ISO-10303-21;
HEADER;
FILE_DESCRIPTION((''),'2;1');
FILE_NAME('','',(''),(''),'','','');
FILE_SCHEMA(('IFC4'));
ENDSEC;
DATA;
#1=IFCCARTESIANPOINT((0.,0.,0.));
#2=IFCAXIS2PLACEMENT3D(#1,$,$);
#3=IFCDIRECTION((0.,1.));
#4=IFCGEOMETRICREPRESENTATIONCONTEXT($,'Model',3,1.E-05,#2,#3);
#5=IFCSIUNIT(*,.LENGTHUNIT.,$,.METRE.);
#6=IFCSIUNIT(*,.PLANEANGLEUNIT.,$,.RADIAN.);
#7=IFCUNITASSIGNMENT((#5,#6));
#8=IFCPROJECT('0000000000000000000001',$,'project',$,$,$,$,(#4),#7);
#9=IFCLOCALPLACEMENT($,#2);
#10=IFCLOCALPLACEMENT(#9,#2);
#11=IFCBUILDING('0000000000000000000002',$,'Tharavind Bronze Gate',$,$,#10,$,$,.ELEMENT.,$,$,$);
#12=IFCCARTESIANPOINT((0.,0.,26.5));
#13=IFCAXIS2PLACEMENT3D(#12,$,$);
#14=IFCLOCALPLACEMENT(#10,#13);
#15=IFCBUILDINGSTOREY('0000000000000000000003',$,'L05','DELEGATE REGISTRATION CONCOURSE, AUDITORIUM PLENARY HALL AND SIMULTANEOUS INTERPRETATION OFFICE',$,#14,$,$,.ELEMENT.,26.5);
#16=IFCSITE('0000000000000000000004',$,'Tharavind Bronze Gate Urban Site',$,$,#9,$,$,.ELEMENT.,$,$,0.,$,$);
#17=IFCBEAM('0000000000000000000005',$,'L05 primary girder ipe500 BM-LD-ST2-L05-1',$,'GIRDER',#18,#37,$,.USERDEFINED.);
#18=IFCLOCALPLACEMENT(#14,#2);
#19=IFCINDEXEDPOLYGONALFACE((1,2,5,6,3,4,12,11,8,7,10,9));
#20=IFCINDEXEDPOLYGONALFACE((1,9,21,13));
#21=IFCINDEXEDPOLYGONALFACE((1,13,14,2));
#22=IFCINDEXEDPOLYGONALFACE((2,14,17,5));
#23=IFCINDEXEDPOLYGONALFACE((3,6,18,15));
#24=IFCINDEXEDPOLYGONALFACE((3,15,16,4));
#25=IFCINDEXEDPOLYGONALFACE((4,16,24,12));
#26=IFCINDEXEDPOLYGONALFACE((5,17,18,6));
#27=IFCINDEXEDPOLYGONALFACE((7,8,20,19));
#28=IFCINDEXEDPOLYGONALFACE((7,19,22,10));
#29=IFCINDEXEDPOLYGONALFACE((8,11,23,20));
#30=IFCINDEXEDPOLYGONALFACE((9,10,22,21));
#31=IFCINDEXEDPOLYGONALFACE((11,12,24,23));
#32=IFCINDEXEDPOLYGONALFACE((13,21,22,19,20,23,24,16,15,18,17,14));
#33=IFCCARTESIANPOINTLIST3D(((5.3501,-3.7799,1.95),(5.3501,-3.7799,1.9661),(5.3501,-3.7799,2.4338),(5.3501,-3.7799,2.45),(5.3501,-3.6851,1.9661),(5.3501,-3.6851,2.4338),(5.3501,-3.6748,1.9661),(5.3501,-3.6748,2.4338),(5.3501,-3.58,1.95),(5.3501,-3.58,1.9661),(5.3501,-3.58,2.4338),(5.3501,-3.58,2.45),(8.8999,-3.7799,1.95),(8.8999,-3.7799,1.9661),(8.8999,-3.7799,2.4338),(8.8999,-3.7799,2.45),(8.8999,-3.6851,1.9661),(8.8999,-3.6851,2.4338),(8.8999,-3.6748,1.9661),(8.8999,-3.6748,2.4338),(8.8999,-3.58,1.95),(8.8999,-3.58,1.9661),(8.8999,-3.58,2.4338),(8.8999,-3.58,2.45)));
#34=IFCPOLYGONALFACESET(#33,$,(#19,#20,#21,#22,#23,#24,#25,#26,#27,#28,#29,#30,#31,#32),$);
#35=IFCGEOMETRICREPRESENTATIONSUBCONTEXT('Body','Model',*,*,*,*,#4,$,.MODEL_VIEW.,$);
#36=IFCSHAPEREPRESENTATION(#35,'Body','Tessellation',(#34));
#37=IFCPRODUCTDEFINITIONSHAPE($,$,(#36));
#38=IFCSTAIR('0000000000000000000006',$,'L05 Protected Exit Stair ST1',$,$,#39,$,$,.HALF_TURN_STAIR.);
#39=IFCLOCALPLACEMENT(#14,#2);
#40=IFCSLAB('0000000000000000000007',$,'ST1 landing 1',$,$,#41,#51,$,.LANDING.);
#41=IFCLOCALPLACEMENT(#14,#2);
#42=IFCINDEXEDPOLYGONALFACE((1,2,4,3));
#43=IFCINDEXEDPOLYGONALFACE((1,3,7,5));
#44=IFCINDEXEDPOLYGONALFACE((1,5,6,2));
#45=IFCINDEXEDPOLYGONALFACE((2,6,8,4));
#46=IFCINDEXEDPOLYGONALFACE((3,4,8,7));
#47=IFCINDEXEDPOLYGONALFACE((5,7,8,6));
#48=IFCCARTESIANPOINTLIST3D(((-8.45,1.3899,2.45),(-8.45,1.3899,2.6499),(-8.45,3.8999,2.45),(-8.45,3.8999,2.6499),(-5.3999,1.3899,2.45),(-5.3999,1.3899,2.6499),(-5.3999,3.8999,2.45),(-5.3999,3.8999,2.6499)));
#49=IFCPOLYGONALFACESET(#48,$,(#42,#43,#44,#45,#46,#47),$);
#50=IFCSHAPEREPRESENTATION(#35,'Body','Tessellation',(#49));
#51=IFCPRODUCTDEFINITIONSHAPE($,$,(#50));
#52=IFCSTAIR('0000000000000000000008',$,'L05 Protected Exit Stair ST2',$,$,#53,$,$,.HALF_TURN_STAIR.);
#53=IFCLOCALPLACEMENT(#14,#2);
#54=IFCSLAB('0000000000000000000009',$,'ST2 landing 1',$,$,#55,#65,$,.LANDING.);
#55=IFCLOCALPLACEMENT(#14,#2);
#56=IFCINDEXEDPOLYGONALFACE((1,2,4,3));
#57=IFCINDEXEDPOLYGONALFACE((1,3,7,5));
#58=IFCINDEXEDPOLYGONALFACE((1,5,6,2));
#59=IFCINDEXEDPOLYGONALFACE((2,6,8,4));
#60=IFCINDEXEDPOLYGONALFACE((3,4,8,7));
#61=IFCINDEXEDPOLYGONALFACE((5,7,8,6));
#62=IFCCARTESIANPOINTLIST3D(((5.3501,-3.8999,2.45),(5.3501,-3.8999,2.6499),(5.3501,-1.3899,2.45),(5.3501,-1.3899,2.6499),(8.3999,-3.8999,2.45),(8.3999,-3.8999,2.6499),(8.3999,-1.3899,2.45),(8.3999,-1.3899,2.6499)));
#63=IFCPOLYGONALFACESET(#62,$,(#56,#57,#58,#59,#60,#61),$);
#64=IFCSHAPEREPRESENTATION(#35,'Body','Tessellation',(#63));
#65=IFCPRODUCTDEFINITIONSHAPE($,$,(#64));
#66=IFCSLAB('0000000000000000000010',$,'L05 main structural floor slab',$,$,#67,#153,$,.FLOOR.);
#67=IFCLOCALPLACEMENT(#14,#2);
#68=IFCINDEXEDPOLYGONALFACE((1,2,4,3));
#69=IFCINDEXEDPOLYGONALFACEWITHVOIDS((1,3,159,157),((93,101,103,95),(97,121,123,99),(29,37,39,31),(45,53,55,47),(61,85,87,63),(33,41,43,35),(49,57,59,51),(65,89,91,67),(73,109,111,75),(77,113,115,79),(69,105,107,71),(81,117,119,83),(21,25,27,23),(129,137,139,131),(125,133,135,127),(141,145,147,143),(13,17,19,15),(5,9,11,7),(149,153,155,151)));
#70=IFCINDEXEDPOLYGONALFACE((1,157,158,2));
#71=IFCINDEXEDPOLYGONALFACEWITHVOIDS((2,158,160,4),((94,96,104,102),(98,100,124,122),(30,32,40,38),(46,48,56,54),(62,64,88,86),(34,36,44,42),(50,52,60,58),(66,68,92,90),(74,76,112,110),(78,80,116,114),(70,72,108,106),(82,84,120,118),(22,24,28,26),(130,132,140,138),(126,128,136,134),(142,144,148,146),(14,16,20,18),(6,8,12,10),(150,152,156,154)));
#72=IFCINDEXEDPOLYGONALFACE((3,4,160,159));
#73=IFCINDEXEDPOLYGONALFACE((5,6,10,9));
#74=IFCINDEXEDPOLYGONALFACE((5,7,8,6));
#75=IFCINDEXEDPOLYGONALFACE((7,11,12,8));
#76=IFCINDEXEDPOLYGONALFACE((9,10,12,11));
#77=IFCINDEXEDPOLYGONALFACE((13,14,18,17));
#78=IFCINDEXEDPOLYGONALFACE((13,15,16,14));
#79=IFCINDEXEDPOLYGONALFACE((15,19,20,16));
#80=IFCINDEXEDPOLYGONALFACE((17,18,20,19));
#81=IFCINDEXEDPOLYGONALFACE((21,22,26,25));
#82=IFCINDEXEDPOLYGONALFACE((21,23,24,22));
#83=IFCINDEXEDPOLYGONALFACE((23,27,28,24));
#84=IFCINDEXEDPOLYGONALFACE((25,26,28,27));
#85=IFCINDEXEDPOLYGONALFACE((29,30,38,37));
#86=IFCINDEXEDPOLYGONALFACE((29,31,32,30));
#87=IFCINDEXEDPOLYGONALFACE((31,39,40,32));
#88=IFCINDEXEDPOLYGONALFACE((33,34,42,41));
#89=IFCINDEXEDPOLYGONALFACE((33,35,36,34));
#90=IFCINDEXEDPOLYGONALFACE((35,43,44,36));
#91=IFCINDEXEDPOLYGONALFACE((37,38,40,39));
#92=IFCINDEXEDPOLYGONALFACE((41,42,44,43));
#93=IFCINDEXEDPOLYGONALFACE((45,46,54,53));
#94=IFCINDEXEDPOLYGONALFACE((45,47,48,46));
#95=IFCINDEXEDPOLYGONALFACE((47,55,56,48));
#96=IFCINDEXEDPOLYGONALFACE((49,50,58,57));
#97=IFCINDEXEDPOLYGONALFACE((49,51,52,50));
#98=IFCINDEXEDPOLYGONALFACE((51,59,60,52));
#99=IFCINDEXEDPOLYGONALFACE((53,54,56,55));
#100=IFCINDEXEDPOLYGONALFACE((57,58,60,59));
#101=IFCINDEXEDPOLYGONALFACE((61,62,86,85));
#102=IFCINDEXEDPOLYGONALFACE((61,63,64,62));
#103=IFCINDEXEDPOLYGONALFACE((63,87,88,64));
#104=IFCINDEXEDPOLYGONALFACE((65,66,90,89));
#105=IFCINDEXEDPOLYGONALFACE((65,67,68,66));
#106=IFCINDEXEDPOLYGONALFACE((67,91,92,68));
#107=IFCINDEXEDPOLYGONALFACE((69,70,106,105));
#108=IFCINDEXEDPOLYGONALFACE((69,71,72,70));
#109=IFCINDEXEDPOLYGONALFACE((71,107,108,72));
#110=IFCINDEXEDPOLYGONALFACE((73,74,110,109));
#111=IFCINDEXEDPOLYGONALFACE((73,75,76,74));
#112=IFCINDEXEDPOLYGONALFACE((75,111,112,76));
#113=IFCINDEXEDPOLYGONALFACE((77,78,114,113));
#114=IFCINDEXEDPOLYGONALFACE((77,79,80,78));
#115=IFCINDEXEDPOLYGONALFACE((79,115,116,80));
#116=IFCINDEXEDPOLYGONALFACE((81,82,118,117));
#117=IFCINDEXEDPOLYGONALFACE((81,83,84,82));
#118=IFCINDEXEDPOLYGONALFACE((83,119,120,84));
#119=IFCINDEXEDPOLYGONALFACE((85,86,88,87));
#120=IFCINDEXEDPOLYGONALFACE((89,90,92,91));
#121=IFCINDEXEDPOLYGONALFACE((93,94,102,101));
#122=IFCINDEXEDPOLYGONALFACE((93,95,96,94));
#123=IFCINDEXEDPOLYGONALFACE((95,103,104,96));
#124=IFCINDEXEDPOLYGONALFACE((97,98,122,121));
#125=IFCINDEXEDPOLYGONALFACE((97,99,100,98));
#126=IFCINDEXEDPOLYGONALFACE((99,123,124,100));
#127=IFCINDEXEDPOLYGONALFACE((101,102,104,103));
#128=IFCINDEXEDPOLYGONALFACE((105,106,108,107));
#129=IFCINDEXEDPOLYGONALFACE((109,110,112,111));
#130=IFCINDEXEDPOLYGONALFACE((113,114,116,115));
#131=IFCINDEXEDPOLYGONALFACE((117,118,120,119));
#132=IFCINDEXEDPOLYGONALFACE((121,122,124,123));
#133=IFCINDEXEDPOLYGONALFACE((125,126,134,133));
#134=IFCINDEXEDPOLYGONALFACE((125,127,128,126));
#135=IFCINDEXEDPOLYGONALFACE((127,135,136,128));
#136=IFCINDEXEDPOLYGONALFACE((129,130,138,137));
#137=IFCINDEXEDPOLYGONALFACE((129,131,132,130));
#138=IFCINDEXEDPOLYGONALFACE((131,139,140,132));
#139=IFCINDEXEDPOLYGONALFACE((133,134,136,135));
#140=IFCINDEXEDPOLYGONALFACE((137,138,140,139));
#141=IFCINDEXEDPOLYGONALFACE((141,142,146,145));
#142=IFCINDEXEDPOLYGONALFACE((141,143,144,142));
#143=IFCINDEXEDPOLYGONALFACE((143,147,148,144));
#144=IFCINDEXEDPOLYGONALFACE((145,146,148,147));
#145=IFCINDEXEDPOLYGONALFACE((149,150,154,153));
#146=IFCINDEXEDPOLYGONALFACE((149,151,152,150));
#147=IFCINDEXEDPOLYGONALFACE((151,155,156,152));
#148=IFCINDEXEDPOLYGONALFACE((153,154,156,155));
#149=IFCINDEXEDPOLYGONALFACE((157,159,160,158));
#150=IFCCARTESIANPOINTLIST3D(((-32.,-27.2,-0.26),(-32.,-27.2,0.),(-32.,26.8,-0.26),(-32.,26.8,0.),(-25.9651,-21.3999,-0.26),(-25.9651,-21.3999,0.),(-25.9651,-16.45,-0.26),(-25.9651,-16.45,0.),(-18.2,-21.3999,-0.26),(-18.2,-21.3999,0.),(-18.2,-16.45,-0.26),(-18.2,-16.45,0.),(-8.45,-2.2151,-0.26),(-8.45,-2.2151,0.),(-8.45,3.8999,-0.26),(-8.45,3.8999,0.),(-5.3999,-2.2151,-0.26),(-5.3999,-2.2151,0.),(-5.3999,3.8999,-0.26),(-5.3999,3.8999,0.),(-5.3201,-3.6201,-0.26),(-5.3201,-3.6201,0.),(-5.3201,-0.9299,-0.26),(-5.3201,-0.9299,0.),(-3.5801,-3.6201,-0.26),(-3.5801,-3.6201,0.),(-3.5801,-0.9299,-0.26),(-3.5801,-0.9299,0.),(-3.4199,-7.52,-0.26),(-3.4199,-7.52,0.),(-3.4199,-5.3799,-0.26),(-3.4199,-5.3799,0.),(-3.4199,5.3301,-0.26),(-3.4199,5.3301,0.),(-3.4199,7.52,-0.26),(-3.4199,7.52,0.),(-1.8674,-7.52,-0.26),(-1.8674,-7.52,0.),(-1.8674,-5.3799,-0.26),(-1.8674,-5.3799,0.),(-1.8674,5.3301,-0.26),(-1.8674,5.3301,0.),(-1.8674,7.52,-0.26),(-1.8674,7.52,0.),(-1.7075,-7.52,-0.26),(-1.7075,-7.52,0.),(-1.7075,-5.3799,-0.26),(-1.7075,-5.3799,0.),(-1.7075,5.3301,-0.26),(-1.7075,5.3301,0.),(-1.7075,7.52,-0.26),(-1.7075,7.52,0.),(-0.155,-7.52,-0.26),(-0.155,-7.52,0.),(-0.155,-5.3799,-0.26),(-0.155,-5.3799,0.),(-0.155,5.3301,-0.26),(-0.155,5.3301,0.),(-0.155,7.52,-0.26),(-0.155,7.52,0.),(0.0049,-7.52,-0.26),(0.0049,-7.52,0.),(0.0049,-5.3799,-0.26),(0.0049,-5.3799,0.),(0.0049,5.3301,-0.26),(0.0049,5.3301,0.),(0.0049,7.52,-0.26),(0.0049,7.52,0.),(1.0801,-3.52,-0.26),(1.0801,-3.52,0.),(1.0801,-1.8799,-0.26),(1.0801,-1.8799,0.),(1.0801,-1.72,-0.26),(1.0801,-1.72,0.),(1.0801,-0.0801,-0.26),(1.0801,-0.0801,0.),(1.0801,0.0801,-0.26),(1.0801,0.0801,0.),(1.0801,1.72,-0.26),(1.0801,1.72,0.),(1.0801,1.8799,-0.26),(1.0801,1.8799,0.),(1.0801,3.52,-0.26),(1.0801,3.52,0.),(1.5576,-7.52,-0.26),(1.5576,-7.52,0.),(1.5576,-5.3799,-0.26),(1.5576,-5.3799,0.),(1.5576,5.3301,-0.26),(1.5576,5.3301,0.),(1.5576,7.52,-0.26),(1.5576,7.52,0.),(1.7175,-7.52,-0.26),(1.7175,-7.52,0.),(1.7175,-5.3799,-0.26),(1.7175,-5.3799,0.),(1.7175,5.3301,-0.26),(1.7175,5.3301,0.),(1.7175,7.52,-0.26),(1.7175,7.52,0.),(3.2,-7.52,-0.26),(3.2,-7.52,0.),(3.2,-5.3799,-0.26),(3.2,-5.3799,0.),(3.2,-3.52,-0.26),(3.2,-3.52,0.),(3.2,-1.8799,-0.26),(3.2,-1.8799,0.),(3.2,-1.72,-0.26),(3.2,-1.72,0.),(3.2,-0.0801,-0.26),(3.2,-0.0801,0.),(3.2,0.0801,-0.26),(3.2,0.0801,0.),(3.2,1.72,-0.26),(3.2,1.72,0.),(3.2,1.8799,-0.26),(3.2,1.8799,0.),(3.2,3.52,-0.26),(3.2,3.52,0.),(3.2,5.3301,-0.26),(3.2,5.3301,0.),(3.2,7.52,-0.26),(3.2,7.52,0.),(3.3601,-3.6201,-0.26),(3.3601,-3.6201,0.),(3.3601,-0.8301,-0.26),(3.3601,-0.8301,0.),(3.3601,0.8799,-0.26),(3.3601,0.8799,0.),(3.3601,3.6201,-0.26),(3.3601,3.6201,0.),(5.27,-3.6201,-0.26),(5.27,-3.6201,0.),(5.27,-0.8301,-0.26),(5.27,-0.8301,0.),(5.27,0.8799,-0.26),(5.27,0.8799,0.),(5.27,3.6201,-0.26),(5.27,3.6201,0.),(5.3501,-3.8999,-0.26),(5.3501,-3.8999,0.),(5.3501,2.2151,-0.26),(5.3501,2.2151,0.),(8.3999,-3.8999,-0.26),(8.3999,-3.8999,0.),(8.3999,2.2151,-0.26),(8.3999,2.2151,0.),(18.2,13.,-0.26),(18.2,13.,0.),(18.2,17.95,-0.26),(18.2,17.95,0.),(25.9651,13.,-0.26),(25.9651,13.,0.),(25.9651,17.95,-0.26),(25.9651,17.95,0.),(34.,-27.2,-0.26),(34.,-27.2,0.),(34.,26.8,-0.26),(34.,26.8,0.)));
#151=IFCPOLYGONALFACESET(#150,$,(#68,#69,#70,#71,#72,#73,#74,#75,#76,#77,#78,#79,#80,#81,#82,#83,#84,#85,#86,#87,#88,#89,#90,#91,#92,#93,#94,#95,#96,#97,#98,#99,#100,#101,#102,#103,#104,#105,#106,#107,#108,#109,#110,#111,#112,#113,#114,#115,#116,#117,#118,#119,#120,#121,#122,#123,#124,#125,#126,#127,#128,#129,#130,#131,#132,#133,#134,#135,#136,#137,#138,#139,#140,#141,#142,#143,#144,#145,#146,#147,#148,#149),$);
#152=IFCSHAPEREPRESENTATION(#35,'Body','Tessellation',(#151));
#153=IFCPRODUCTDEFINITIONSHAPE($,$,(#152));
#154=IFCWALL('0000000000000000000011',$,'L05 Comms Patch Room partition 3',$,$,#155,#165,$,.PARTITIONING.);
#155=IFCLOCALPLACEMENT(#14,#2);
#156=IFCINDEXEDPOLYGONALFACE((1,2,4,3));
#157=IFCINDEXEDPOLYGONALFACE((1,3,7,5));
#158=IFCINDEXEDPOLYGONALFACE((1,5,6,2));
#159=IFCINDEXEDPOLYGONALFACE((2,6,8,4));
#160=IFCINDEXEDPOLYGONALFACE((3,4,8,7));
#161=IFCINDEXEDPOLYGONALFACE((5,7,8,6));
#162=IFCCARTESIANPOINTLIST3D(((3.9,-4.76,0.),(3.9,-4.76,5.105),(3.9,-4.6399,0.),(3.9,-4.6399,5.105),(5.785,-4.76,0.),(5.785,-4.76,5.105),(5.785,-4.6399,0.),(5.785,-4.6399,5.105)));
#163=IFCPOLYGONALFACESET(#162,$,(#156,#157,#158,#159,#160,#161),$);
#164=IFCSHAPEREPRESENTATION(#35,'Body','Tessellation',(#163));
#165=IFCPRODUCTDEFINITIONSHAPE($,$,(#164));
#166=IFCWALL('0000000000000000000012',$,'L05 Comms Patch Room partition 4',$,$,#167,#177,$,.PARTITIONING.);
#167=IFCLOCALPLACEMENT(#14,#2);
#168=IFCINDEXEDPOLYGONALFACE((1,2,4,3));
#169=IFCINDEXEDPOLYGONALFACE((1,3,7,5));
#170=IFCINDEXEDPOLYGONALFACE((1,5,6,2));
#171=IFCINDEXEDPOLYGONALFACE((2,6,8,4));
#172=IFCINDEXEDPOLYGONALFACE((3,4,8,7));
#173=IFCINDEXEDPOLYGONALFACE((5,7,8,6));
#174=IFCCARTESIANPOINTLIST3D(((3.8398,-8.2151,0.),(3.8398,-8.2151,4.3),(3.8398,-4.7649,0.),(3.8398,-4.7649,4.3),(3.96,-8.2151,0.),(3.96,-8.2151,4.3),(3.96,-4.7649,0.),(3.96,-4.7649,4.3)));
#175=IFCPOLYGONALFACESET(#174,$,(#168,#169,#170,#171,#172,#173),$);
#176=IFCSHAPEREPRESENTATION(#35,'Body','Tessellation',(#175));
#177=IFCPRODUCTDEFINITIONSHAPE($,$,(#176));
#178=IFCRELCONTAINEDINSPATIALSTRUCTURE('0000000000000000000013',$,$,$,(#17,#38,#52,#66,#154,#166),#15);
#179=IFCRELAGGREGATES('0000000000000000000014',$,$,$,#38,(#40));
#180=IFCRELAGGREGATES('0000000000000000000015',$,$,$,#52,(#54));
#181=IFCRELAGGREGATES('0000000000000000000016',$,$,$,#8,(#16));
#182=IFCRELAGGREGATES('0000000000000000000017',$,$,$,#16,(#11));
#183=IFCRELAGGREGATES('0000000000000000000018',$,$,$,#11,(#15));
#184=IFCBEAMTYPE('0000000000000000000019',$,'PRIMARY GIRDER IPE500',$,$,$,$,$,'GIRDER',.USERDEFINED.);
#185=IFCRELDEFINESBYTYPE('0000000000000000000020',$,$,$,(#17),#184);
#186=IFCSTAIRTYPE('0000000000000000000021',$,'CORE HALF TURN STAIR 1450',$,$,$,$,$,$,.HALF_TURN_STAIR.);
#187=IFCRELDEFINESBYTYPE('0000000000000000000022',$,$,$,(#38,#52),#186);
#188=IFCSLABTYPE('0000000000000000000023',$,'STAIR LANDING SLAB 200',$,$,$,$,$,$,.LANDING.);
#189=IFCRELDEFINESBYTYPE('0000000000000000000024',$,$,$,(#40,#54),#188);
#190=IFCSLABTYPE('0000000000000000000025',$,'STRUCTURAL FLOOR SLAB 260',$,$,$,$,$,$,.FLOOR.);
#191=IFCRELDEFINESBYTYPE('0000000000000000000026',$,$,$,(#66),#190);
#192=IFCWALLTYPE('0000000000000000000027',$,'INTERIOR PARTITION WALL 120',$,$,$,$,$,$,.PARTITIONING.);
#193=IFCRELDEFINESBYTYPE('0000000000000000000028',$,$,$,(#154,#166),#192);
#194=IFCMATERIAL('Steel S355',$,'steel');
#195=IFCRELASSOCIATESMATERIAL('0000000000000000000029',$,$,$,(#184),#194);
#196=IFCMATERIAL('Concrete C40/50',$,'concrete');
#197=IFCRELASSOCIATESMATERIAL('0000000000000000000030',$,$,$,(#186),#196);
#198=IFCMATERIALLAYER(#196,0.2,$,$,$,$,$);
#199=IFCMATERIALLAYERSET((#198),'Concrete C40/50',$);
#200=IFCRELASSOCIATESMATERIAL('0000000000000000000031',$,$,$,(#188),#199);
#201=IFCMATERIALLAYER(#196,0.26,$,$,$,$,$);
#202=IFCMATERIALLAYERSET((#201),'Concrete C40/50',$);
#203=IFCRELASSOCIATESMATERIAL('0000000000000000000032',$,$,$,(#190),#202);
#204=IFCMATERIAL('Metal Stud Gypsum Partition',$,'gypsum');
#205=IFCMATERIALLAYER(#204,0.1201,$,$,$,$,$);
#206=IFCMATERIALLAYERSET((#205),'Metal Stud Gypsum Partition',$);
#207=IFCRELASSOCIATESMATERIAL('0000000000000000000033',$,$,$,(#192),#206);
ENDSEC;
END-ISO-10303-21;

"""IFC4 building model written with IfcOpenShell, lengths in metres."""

from ifc_helpers import new_model, si_unit, direction, frame, frame_2d, origin, origin_2d, place, context, subcontext, project, spatial, polyline, rectangle, i_section, outline, extrude, material, layer, layer_set, material_profile, profile_set, type_object, element, aggregate, save


model = new_model("IFC4")

# Units and contexts
model_context = context("Model", 3, precision=1e-05, world=origin(), true_north=direction((0.0, 1.0)))
body_context = subcontext(model_context, "Body", "Model", "MODEL_VIEW")
ifc_project = project(units=[si_unit("LENGTHUNIT", "METRE"), si_unit("PLANEANGLEUNIT", "RADIAN")], contexts=[model_context])

# Site, building, storey
site_placement = place(None, origin())
site = spatial("IfcSite", under=ifc_project, at=site_placement, Name="Tharavind Bronze Gate Urban Site", CompositionType="ELEMENT", RefElevation=0.0)
building_placement = place(site_placement, origin())
building = spatial("IfcBuilding", under=site, at=building_placement, Name="Tharavind Bronze Gate", CompositionType="ELEMENT")
storey_placement = place(building_placement, frame((0.0, 0.0, 26.5)))
storey = spatial("IfcBuildingStorey", under=building, at=storey_placement, Name="L05", Description="DELEGATE REGISTRATION CONCOURSE, AUDITORIUM PLENARY HALL AND SIMULTANEOUS INTERPRETATION OFFICE", CompositionType="ELEMENT", Elevation=26.5)

# Beam
ifc_material_1 = material(Name="Steel S355", Category="steel")
ifc_material_profile = material_profile(ifc_material_1, i_section(OverallWidth=0.2, OverallDepth=0.5, WebThickness=0.0103, FlangeThickness=0.0161, at=origin_2d()), Name="IPE500")
ifc_profile_set = profile_set([ifc_material_profile], Name="Steel S355")
beam_type = type_object("IfcBeamType", Name="PRIMARY GIRDER IPE500", ElementType="GIRDER", PredefinedType="USERDEFINED", material=ifc_profile_set)
beam_placement = place(storey_placement, frame((5.3501, -3.6799, 2.2), z_axis=(1.0, 0.0, 0.0), x_axis=(0.0, 1.0, 0.0)))
element("IfcBeam", 1, at=beam_placement, inside=storey, type_object=beam_type, Name="L05 primary girder ipe500 BM-LD-ST2-L05-1", ObjectType="GIRDER", PredefinedType="USERDEFINED", context=body_context, shape_type="SweptSolid", body=[
    extrude(i_section(OverallWidth=0.2, OverallDepth=0.5, WebThickness=0.0103, FlangeThickness=0.0161, at=origin_2d()), origin(), (0.0, 0.0, 1.0), 3.5498),
])

# Stairs, slabs
ifc_material_2 = material(Name="Concrete C40/50", Category="concrete")
stair_type = type_object("IfcStairType", Name="CORE HALF TURN STAIR 1450", PredefinedType="HALF_TURN_STAIR", material=ifc_material_2)
stair_1_placement = place(storey_placement, origin())
stair_1 = element("IfcStair", 2, at=stair_1_placement, inside=storey, type_object=stair_type, Name="L05 Protected Exit Stair ST1", PredefinedType="HALF_TURN_STAIR")
ifc_layer_1 = layer(ifc_material_2, 0.2)
ifc_layer_set_1 = layer_set([ifc_layer_1], Name="Concrete C40/50")
slab_type_1 = type_object("IfcSlabType", Name="STAIR LANDING SLAB 200", PredefinedType="LANDING", material=ifc_layer_set_1)
slab_1_placement = place(storey_placement, frame((0.0, 0.0, 2.45)))
slab_1 = element("IfcSlab", 3, at=slab_1_placement, type_object=slab_type_1, Name="ST1 landing 1", PredefinedType="LANDING", context=body_context, shape_type="SweptSolid", body=[
    extrude(outline(polyline([(-5.3999, 1.3899), (-5.3999, 3.8999), (-8.45, 3.8999), (-8.45, 1.3899), (-5.3999, 1.3899)])), origin(), (0.0, 0.0, 1.0), 0.2),
])
aggregate(stair_1, [slab_1])
stair_2_placement = place(storey_placement, origin())
stair_2 = element("IfcStair", 4, at=stair_2_placement, inside=storey, type_object=stair_type, Name="L05 Protected Exit Stair ST2", PredefinedType="HALF_TURN_STAIR")
slab_2_placement = place(storey_placement, frame((0.0, 0.0, 2.45)))
slab_2 = element("IfcSlab", 5, at=slab_2_placement, type_object=slab_type_1, Name="ST2 landing 1", PredefinedType="LANDING", context=body_context, shape_type="SweptSolid", body=[
    extrude(outline(polyline([(5.3501, -1.3899), (5.3501, -3.8999), (8.3999, -3.8999), (8.3999, -1.3899), (5.3501, -1.3899)])), origin(), (0.0, 0.0, 1.0), 0.2),
])

# Slab
ifc_layer_2 = layer(ifc_material_2, 0.26)
ifc_layer_set_2 = layer_set([ifc_layer_2], Name="Concrete C40/50")
slab_type_2 = type_object("IfcSlabType", Name="STRUCTURAL FLOOR SLAB 260", PredefinedType="FLOOR", material=ifc_layer_set_2)
slab_3_placement = place(storey_placement, frame((0.0, 0.0, -0.26)))
element("IfcSlab", 6, at=slab_3_placement, inside=storey, type_object=slab_type_2, Name="L05 main structural floor slab", PredefinedType="FLOOR", context=body_context, shape_type="SweptSolid", body=[
    extrude(outline(polyline([(-32.0, -27.2), (34.0, -27.2), (34.0, 26.8), (-32.0, 26.8), (-32.0, -27.2)]), holes=[polyline([(-5.3999, -2.2151), (-5.3999, 3.8999), (-8.45, 3.8999), (-8.45, -2.2151), (-5.3999, -2.2151)]), polyline([(5.3501, 2.2151), (5.3501, -3.8999), (8.3999, -3.8999), (8.3999, 2.2151), (5.3501, 2.2151)]), polyline([(-25.9651, -21.3999), (-18.2, -21.3999), (-18.2, -16.45), (-25.9651, -16.45), (-25.9651, -21.3999)]), polyline([(25.9651, 17.95), (18.2, 17.95), (18.2, 13.0), (25.9651, 13.0), (25.9651, 17.95)]), polyline([(-3.4199, -7.52), (-1.8674, -7.52), (-1.8674, -5.3799), (-3.4199, -5.3799), (-3.4199, -7.52)]), polyline([(-1.7075, -7.52), (-0.155, -7.52), (-0.155, -5.3799), (-1.7075, -5.3799), (-1.7075, -7.52)]), polyline([(0.0049, -7.52), (1.5576, -7.52), (1.5576, -5.3799), (0.0049, -5.3799), (0.0049, -7.52)]), polyline([(1.7175, -7.52), (3.2, -7.52), (3.2, -5.3799), (1.7175, -5.3799), (1.7175, -7.52)]), polyline([(-3.4199, 5.3301), (-1.8674, 5.3301), (-1.8674, 7.52), (-3.4199, 7.52), (-3.4199, 5.3301)]), polyline([(-1.7075, 5.3301), (-0.155, 5.3301), (-0.155, 7.52), (-1.7075, 7.52), (-1.7075, 5.3301)]), polyline([(0.0049, 5.3301), (1.5576, 5.3301), (1.5576, 7.52), (0.0049, 7.52), (0.0049, 5.3301)]), polyline([(1.7175, 5.3301), (3.2, 5.3301), (3.2, 7.52), (1.7175, 7.52), (1.7175, 5.3301)]), polyline([(1.0801, -3.52), (3.2, -3.52), (3.2, -1.8799), (1.0801, -1.8799), (1.0801, -3.52)]), polyline([(1.0801, -1.72), (3.2, -1.72), (3.2, -0.0801), (1.0801, -0.0801), (1.0801, -1.72)]), polyline([(1.0801, 0.0801), (3.2, 0.0801), (3.2, 1.72), (1.0801, 1.72), (1.0801, 0.0801)]), polyline([(1.0801, 1.8799), (3.2, 1.8799), (3.2, 3.52), (1.0801, 3.52), (1.0801, 1.8799)]), polyline([(-5.3201, -3.6201), (-3.5801, -3.6201), (-3.5801, -0.9299), (-5.3201, -0.9299), (-5.3201, -3.6201)]), polyline([(3.3601, 0.8799), (5.27, 0.8799), (5.27, 3.6201), (3.3601, 3.6201), (3.3601, 0.8799)]), polyline([(3.3601, -3.6201), (5.27, -3.6201), (5.27, -0.8301), (3.3601, -0.8301), (3.3601, -3.6201)])]), origin(), (0.0, 0.0, 1.0), 0.26),
])

# Walls
ifc_material_3 = material(Name="Metal Stud Gypsum Partition", Category="gypsum")
ifc_layer_3 = layer(ifc_material_3, 0.1201)
ifc_layer_set_3 = layer_set([ifc_layer_3], Name="Metal Stud Gypsum Partition")
wall_type_1 = type_object("IfcWallType", Name="INTERIOR PARTITION WALL 120", PredefinedType="PARTITIONING", material=ifc_layer_set_3)
wall_1_placement = place(storey_placement, frame((5.7849, -4.7, 0.0), z_axis=(0.0, 0.0, 1.0), x_axis=(-1.0, 0.0, 0.0)))
element("IfcWall", 7, at=wall_1_placement, inside=storey, type_object=wall_type_1, Name="L05 Comms Patch Room partition 3", PredefinedType="PARTITIONING", context=body_context, shape_type="SweptSolid", body=[
    extrude(rectangle(XDim=1.885, YDim=0.1201, at=frame_2d((0.9424, 0.0))), origin(), (0.0, 0.0, 1.0), 5.105),
])
wall_2_placement = place(storey_placement, frame((3.8999, -4.7649, 0.0), z_axis=(0.0, 0.0, 1.0), x_axis=(0.0, -1.0, 0.0)))
element("IfcWall", 8, at=wall_2_placement, inside=storey, type_object=wall_type_1, Name="L05 Comms Patch Room partition 4", PredefinedType="PARTITIONING", context=body_context, shape_type="SweptSolid", body=[
    extrude(rectangle(XDim=3.4502, YDim=0.1201, at=frame_2d((1.7251, 0.0))), origin(), (0.0, 0.0, 1.0), 4.3),
])

aggregate(stair_2, [slab_2])

save(model, "model.ifc")
